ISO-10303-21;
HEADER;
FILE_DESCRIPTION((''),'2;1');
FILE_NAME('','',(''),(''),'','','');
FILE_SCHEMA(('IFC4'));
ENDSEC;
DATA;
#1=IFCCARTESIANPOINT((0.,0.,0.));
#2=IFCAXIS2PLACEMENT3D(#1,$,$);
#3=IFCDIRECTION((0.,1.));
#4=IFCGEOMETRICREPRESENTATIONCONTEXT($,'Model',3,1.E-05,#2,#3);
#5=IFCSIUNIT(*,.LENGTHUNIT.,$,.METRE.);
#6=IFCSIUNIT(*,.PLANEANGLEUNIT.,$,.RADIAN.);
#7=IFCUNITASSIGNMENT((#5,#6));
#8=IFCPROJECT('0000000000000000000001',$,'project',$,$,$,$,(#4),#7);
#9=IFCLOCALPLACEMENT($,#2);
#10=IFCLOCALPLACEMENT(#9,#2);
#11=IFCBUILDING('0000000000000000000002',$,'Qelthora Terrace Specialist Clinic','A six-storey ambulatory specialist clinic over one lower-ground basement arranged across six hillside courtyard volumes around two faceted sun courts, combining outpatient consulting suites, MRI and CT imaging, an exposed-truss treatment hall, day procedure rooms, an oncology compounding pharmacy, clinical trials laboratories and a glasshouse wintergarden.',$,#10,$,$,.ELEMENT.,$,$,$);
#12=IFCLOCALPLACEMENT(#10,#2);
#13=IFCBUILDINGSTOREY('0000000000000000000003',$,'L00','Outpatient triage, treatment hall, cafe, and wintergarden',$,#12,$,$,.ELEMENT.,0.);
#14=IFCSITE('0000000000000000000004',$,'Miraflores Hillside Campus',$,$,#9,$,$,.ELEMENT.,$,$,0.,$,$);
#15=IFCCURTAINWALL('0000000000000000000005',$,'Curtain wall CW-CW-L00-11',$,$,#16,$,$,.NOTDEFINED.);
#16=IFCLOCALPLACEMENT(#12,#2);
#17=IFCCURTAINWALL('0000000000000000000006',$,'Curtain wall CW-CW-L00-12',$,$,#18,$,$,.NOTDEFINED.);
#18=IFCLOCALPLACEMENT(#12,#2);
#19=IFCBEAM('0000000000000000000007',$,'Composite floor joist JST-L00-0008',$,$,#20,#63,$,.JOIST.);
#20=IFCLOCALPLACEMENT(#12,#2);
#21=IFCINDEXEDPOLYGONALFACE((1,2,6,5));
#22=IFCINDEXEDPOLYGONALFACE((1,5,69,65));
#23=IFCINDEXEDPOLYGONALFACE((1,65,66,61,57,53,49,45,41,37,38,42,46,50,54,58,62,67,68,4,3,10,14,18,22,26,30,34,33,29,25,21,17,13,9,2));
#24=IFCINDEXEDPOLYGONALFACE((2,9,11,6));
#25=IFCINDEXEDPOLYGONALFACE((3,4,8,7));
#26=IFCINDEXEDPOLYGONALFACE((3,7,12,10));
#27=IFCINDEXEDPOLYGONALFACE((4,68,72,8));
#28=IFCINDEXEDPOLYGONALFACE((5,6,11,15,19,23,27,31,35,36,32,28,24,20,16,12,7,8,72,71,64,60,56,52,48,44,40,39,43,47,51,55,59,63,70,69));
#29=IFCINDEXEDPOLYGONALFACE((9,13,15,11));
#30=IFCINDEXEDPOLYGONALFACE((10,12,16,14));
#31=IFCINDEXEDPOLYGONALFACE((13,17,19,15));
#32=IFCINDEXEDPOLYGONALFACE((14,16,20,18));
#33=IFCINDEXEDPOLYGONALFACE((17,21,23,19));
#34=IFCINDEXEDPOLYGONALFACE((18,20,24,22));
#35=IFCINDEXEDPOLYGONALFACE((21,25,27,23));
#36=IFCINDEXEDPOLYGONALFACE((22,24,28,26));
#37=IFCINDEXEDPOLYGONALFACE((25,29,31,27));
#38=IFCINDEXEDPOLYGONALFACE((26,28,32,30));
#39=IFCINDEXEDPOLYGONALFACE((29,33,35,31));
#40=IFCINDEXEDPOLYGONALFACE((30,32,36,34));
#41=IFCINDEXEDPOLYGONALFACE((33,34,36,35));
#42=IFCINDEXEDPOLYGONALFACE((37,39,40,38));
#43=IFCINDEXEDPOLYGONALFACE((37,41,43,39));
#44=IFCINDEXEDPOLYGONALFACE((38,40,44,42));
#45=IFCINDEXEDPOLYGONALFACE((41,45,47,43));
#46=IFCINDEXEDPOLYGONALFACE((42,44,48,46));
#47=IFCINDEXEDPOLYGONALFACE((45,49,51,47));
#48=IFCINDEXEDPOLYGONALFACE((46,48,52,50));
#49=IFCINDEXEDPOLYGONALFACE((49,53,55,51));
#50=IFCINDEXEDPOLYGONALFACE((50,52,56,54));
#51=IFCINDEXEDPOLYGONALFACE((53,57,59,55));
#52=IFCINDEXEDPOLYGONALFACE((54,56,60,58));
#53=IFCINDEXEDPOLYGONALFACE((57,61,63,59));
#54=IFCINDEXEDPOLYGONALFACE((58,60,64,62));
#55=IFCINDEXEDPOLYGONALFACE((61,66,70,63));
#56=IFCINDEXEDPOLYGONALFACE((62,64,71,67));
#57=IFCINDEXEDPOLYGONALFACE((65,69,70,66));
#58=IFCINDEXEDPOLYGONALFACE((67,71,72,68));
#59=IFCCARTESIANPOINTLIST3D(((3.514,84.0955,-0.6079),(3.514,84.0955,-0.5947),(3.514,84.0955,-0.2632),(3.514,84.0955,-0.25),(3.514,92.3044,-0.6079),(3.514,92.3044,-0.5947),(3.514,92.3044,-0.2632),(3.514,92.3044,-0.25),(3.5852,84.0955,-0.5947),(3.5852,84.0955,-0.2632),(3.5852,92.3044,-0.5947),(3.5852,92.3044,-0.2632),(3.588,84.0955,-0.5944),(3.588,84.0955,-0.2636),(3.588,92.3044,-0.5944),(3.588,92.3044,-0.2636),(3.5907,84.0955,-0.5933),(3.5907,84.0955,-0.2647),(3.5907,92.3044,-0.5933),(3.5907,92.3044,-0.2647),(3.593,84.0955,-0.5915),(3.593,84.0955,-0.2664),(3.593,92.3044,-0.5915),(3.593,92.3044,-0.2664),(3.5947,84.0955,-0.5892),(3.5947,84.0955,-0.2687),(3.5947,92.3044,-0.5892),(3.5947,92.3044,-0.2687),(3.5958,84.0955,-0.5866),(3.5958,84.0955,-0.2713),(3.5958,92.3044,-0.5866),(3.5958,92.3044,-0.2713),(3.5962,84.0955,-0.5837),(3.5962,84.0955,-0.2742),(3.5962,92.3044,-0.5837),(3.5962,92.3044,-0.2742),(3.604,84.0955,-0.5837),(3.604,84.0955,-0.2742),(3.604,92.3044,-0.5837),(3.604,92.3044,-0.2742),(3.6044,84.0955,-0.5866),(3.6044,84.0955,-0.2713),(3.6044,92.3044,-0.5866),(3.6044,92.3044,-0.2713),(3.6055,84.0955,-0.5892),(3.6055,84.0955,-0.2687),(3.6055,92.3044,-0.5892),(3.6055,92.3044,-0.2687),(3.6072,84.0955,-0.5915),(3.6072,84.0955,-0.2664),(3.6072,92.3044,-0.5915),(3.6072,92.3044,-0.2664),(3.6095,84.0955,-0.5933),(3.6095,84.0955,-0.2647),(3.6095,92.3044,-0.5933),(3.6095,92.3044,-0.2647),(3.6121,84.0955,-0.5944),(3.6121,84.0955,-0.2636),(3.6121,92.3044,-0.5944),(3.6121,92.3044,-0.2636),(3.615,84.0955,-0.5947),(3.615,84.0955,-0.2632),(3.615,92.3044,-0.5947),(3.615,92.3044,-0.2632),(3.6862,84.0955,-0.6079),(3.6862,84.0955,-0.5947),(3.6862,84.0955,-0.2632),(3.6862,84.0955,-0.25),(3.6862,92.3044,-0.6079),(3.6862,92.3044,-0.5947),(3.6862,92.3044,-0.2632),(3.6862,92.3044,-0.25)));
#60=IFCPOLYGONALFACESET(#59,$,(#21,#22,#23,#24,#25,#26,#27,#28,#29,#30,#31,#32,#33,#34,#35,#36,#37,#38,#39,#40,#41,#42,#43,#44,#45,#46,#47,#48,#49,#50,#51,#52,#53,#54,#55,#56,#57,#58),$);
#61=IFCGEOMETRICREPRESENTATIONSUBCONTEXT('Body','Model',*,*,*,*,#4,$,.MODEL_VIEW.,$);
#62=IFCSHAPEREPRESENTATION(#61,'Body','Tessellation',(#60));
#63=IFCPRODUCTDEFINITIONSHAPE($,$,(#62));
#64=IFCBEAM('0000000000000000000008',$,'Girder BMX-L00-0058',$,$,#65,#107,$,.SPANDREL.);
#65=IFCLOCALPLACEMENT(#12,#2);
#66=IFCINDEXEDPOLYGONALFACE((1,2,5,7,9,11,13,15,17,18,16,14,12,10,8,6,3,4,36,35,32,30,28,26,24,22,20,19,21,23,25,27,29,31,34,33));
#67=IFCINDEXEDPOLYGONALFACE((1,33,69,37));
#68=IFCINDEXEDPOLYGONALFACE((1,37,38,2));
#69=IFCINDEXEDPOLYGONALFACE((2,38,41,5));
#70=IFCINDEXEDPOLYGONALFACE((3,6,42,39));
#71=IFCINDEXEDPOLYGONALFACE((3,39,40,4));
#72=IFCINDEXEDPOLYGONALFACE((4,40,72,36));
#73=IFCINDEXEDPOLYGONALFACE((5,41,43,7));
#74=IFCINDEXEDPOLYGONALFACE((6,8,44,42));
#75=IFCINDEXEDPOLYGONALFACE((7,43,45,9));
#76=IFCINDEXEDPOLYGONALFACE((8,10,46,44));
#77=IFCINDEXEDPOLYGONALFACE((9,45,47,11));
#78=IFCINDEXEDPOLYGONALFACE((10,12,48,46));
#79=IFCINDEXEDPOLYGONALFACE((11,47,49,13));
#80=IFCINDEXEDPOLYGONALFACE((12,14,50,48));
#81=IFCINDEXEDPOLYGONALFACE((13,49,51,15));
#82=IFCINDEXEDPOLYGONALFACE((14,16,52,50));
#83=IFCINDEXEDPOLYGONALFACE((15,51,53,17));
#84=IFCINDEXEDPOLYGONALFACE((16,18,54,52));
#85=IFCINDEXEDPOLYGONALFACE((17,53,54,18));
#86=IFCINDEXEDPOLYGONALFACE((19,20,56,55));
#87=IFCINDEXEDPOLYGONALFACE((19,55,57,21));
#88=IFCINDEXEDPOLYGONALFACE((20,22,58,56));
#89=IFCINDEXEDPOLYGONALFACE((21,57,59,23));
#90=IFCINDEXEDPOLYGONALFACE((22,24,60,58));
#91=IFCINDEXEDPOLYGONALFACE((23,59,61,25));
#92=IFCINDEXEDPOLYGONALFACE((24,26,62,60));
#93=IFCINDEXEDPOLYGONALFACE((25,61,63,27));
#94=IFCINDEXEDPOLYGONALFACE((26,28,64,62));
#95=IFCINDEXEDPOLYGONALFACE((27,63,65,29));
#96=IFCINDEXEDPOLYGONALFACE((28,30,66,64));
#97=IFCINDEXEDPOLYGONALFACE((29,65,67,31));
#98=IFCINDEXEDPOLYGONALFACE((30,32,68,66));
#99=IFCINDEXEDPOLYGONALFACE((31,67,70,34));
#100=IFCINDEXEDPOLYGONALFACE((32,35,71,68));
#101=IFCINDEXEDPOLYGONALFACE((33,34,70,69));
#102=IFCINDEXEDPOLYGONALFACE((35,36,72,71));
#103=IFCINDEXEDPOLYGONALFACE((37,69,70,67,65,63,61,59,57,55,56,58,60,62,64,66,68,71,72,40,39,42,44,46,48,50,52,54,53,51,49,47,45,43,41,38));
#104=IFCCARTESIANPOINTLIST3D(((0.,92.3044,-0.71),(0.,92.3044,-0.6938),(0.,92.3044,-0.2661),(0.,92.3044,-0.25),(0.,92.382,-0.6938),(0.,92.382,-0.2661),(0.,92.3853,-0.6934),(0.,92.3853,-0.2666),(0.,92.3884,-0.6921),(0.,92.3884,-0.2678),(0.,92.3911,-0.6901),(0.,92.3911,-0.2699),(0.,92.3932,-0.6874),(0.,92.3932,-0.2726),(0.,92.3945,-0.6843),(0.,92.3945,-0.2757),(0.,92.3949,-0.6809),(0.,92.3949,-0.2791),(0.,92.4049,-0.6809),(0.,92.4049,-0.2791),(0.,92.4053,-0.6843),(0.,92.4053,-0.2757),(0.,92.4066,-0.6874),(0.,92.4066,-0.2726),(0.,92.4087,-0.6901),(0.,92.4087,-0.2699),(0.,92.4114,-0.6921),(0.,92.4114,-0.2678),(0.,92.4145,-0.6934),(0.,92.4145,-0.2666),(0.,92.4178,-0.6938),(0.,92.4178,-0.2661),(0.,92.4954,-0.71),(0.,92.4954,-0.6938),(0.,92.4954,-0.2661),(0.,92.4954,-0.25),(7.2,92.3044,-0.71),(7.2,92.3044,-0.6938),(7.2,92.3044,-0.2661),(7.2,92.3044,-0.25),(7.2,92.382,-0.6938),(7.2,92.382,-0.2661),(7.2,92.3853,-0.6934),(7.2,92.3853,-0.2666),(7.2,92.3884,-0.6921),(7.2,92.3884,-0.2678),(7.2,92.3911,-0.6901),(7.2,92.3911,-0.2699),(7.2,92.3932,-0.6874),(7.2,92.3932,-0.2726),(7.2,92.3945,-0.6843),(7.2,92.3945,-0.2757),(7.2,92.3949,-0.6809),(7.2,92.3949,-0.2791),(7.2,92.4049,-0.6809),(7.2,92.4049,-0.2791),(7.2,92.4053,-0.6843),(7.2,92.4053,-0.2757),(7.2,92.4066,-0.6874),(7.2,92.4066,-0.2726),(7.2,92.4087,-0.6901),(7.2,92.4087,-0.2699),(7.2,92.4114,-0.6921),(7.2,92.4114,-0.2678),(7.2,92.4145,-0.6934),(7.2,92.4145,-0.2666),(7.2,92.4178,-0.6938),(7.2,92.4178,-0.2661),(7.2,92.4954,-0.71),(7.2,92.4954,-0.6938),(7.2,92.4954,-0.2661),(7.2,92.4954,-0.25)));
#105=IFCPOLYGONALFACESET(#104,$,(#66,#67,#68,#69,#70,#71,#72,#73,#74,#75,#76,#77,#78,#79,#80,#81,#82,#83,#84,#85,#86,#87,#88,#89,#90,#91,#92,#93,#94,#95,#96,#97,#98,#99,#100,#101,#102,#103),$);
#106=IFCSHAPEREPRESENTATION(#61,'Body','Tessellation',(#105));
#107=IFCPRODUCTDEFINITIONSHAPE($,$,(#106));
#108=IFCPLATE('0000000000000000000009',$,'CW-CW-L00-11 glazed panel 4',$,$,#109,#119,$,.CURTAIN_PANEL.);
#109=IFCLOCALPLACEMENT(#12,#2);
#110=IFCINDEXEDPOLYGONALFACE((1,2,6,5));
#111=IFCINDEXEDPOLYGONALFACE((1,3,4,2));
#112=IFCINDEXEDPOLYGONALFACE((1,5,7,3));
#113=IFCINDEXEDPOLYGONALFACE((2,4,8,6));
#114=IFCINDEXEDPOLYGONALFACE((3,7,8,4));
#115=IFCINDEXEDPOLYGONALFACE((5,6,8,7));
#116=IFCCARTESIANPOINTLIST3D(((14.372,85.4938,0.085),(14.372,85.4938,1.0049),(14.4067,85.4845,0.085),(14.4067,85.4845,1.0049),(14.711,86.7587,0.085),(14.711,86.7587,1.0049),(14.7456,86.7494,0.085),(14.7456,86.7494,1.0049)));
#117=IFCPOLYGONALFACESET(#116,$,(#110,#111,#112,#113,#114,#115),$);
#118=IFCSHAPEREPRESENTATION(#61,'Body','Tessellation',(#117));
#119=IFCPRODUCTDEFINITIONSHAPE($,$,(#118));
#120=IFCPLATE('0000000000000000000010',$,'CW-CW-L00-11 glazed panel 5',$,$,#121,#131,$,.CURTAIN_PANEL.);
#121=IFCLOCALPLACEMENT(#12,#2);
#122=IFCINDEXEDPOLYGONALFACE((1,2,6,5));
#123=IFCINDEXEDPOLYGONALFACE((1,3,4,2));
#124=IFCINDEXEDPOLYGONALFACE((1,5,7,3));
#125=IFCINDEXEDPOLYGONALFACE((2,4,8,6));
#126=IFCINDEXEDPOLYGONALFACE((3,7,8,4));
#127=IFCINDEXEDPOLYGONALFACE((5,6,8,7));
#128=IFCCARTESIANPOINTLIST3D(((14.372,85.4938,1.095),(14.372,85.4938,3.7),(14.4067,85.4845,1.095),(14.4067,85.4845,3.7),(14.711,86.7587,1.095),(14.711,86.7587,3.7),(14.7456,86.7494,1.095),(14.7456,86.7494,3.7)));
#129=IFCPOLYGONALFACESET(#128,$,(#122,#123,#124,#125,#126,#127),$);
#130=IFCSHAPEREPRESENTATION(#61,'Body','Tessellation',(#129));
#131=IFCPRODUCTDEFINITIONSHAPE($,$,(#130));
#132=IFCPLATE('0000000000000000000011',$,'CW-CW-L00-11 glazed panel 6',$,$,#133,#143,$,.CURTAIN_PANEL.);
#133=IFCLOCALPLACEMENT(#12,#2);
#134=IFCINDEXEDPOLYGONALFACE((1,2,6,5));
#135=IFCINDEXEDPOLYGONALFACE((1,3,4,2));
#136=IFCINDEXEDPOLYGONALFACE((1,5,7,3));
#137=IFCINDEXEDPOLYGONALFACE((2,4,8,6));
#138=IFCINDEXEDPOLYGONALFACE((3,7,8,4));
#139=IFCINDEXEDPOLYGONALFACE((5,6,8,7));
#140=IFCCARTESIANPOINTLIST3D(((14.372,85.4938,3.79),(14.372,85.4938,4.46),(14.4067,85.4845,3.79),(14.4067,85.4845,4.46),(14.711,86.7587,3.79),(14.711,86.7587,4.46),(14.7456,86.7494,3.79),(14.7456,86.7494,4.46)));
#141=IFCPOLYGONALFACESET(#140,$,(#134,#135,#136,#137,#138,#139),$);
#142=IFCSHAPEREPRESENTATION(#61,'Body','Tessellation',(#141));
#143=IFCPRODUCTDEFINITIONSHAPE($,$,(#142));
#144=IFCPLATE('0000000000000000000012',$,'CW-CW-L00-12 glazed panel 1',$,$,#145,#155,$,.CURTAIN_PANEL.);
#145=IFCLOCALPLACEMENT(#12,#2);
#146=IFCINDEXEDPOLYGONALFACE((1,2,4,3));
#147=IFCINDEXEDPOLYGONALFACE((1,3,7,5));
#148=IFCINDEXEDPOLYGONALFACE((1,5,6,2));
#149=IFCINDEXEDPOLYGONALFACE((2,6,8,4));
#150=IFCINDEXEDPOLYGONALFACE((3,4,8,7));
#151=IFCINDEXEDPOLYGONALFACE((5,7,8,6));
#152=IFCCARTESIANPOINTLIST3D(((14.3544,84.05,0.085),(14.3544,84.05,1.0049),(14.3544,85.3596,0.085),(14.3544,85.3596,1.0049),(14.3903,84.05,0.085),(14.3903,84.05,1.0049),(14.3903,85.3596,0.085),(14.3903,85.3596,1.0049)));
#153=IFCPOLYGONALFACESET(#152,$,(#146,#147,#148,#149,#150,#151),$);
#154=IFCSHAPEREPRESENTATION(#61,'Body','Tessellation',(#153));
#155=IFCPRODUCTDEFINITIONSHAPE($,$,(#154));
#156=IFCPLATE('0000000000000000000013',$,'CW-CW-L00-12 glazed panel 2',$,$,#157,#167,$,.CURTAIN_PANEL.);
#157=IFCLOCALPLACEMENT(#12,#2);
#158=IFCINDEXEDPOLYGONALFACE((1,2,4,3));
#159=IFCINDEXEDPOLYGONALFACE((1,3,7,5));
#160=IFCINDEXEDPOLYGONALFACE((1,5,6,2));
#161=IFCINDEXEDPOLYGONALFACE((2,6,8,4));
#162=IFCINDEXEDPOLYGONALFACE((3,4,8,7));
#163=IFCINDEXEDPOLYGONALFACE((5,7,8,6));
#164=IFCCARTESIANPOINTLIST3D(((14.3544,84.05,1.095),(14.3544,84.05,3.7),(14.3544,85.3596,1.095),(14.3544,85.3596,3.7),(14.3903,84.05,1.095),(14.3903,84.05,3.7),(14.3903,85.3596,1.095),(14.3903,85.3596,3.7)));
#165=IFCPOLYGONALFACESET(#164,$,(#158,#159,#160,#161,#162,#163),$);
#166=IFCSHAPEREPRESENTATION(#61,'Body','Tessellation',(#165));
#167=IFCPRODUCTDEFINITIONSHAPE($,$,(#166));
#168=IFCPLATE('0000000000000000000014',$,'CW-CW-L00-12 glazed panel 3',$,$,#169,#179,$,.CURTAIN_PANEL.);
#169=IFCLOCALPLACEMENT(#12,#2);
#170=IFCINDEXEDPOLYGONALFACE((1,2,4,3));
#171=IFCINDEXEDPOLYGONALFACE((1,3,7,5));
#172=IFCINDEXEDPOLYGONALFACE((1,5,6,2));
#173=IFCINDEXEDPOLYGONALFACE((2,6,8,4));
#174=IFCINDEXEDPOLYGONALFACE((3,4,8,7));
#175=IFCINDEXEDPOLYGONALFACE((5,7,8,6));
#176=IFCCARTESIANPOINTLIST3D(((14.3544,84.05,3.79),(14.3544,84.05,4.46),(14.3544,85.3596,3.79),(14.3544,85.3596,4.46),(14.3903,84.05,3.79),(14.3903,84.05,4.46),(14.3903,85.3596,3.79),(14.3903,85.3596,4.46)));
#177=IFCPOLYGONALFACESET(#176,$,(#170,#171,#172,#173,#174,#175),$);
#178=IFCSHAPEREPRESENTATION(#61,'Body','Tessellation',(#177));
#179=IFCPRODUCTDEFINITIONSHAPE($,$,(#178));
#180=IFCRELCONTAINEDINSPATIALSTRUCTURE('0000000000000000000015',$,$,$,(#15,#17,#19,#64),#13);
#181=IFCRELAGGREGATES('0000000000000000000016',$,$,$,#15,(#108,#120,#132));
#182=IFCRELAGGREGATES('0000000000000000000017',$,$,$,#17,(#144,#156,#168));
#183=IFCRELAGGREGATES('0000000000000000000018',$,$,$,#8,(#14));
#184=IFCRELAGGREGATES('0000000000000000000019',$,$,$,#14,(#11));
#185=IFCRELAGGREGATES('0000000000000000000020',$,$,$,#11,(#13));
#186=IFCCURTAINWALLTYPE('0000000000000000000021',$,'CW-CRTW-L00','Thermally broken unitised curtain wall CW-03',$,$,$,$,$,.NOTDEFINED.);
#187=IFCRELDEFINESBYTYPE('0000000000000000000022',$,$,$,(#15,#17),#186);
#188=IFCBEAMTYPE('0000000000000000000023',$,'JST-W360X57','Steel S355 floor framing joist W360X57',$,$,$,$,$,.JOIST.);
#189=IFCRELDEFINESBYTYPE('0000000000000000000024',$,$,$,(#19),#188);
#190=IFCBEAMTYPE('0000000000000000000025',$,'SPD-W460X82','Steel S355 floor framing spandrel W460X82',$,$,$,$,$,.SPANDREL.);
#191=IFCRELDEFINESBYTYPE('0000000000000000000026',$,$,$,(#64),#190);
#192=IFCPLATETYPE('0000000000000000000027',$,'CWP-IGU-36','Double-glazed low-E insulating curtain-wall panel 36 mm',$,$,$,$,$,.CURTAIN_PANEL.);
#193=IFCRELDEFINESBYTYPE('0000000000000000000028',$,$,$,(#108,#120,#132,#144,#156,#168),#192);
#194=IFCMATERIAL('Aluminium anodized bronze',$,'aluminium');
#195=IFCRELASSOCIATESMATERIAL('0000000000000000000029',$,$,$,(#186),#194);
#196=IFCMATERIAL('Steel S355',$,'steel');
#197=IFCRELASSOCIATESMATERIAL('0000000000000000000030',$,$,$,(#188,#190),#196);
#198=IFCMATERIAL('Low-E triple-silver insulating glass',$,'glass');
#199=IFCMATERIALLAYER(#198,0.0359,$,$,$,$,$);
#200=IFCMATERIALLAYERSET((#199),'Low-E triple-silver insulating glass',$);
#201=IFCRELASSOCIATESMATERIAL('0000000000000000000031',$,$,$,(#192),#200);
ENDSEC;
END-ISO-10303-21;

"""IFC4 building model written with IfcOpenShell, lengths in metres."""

from ifc_helpers import new_model, si_unit, direction, frame, origin, origin_2d, place, context, subcontext, project, spatial, rectangle, i_section, extrude, material, layer, layer_set, material_profile, profile_set, type_object, element, aggregate, save


model = new_model("IFC4")

# Units and contexts
model_context = context("Model", 3, precision=1e-05, world=origin(), true_north=direction((0.0, 1.0)))
body_context = subcontext(model_context, "Body", "Model", "MODEL_VIEW")
ifc_project = project(units=[si_unit("LENGTHUNIT", "METRE"), si_unit("PLANEANGLEUNIT", "RADIAN")], contexts=[model_context])

# Site, building, storey
site_placement = place(None, origin())
site = spatial("IfcSite", under=ifc_project, at=site_placement, Name="Miraflores Hillside Campus", CompositionType="ELEMENT", RefElevation=0.0)
building_placement = place(site_placement, origin())
building = spatial("IfcBuilding", under=site, at=building_placement, Name="Qelthora Terrace Specialist Clinic", Description="A six-storey ambulatory specialist clinic over one lower-ground basement arranged across six hillside courtyard volumes around two faceted sun courts, combining outpatient consulting suites, MRI and CT imaging, an exposed-truss treatment hall, day procedure rooms, an oncology compounding pharmacy, clinical trials laboratories and a glasshouse wintergarden.", CompositionType="ELEMENT")
storey_placement = place(building_placement, origin())
storey = spatial("IfcBuildingStorey", under=building, at=storey_placement, Name="L00", Description="Outpatient triage, treatment hall, cafe, and wintergarden", CompositionType="ELEMENT", Elevation=0.0)

# Shared definitions
ifc_material_1 = material(Name="Steel S355", Category="steel")

# Curtain wall
ifc_material_2 = material(Name="Aluminium anodized bronze", Category="aluminium")
curtain_wall_type = type_object("IfcCurtainWallType", Name="CW-CRTW-L00", Description="Thermally broken unitised curtain wall CW-03", PredefinedType="NOTDEFINED", material=ifc_material_2)
curtain_wall_1_placement = place(storey_placement, origin())
curtain_wall_1 = element("IfcCurtainWall", 1, at=curtain_wall_1_placement, inside=storey, type_object=curtain_wall_type, Name="Curtain wall CW-CW-L00-11", PredefinedType="NOTDEFINED")

# Curtain wall
curtain_wall_2_placement = place(storey_placement, origin())
curtain_wall_2 = element("IfcCurtainWall", 2, at=curtain_wall_2_placement, inside=storey, type_object=curtain_wall_type, Name="Curtain wall CW-CW-L00-12", PredefinedType="NOTDEFINED")

# Beams
ifc_material_profile_1 = material_profile(ifc_material_1, i_section(OverallWidth=0.1721, OverallDepth=0.3579, WebThickness=0.0078, FlangeThickness=0.0132, FilletRadius=0.011, at=origin_2d()), Name="W360X57")
ifc_profile_set_1 = profile_set([ifc_material_profile_1], Name="Steel S355")
beam_type_1 = type_object("IfcBeamType", Name="JST-W360X57", Description="Steel S355 floor framing joist W360X57", PredefinedType="JOIST", material=ifc_profile_set_1)
beam_1_placement = place(storey_placement, frame((3.6001, 84.0955, -0.429), z_axis=(0.0, 1.0, 0.0), x_axis=(-1.0, 0.0, 0.0)))
element("IfcBeam", 3, at=beam_1_placement, inside=storey, type_object=beam_type_1, Name="Composite floor joist JST-L00-0008", PredefinedType="JOIST", context=body_context, shape_type="SweptSolid", body=[
    extrude(i_section(OverallWidth=0.1721, OverallDepth=0.3579, WebThickness=0.0078, FlangeThickness=0.0132, FilletRadius=0.011, at=origin_2d()), origin(), (0.0, 0.0, 1.0), 8.209),
])
ifc_material_profile_2 = material_profile(ifc_material_1, i_section(OverallWidth=0.1909, OverallDepth=0.46, WebThickness=0.01, FlangeThickness=0.0161, FilletRadius=0.0129, at=origin_2d()), Name="W460X82")
ifc_profile_set_2 = profile_set([ifc_material_profile_2], Name="Steel S355")
beam_type_2 = type_object("IfcBeamType", Name="SPD-W460X82", Description="Steel S355 floor framing spandrel W460X82", PredefinedType="SPANDREL", material=ifc_profile_set_2)
beam_2_placement = place(storey_placement, frame((0.0, 92.3999, -0.48), z_axis=(1.0, 0.0, 0.0), x_axis=(0.0, 1.0, 0.0)))
element("IfcBeam", 4, at=beam_2_placement, inside=storey, type_object=beam_type_2, Name="Girder BMX-L00-0058", PredefinedType="SPANDREL", context=body_context, shape_type="SweptSolid", body=[
    extrude(i_section(OverallWidth=0.1909, OverallDepth=0.46, WebThickness=0.01, FlangeThickness=0.0161, FilletRadius=0.0129, at=origin_2d()), origin(), (0.0, 0.0, 1.0), 7.2),
])

# Plates
ifc_material_3 = material(Name="Low-E triple-silver insulating glass", Category="glass")
ifc_layer_1 = layer(ifc_material_3, 0.0359)
ifc_layer_set_1 = layer_set([ifc_layer_1], Name="Low-E triple-silver insulating glass")
plate_type = type_object("IfcPlateType", Name="CWP-IGU-36", Description="Double-glazed low-E insulating curtain-wall panel 36 mm", PredefinedType="CURTAIN_PANEL", material=ifc_layer_set_1)
plate_1_placement = place(storey_placement, frame((14.5588, 86.1216, 0.085), z_axis=(0.0, 0.0, 1.0), x_axis=(-0.258821, -0.965925, 0.0)))
plate_1 = element("IfcPlate", 5, at=plate_1_placement, type_object=plate_type, Name="CW-CW-L00-11 glazed panel 4", PredefinedType="CURTAIN_PANEL", context=body_context, shape_type="SweptSolid", body=[
    extrude(rectangle(XDim=1.3096, YDim=0.0359, at=origin_2d()), origin(), (0.0, 0.0, 1.0), 0.9199),
])
plate_2_placement = place(storey_placement, frame((14.5588, 86.1216, 1.095), z_axis=(0.0, 0.0, 1.0), x_axis=(-0.258821, -0.965925, 0.0)))
plate_2 = element("IfcPlate", 6, at=plate_2_placement, type_object=plate_type, Name="CW-CW-L00-11 glazed panel 5", PredefinedType="CURTAIN_PANEL", context=body_context, shape_type="SweptSolid", body=[
    extrude(rectangle(XDim=1.3096, YDim=0.0359, at=origin_2d()), origin(), (0.0, 0.0, 1.0), 2.605),
])
plate_3_placement = place(storey_placement, frame((14.5588, 86.1216, 3.79), z_axis=(0.0, 0.0, 1.0), x_axis=(-0.258821, -0.965925, 0.0)))
plate_3 = element("IfcPlate", 7, at=plate_3_placement, type_object=plate_type, Name="CW-CW-L00-11 glazed panel 6", PredefinedType="CURTAIN_PANEL", context=body_context, shape_type="SweptSolid", body=[
    extrude(rectangle(XDim=1.3096, YDim=0.0359, at=origin_2d()), origin(), (0.0, 0.0, 1.0), 0.6699),
])
aggregate(curtain_wall_1, [plate_1, plate_2, plate_3])
plate_4_placement = place(storey_placement, frame((14.3723, 84.7048, 0.085), z_axis=(0.0, 0.0, 1.0), x_axis=(0.0, -1.0, 0.0)))
plate_4 = element("IfcPlate", 8, at=plate_4_placement, type_object=plate_type, Name="CW-CW-L00-12 glazed panel 1", PredefinedType="CURTAIN_PANEL", context=body_context, shape_type="SweptSolid", body=[
    extrude(rectangle(XDim=1.3096, YDim=0.0359, at=origin_2d()), origin(), (0.0, 0.0, 1.0), 0.9199),
])
plate_5_placement = place(storey_placement, frame((14.3723, 84.7048, 1.095), z_axis=(0.0, 0.0, 1.0), x_axis=(0.0, -1.0, 0.0)))
plate_5 = element("IfcPlate", 9, at=plate_5_placement, type_object=plate_type, Name="CW-CW-L00-12 glazed panel 2", PredefinedType="CURTAIN_PANEL", context=body_context, shape_type="SweptSolid", body=[
    extrude(rectangle(XDim=1.3096, YDim=0.0359, at=origin_2d()), origin(), (0.0, 0.0, 1.0), 2.605),
])
plate_6_placement = place(storey_placement, frame((14.3723, 84.7048, 3.79), z_axis=(0.0, 0.0, 1.0), x_axis=(0.0, -1.0, 0.0)))
plate_6 = element("IfcPlate", 10, at=plate_6_placement, type_object=plate_type, Name="CW-CW-L00-12 glazed panel 3", PredefinedType="CURTAIN_PANEL", context=body_context, shape_type="SweptSolid", body=[
    extrude(rectangle(XDim=1.3096, YDim=0.0359, at=origin_2d()), origin(), (0.0, 0.0, 1.0), 0.6699),
])
aggregate(curtain_wall_2, [plate_4, plate_5, plate_6])

save(model, "model.ifc")
